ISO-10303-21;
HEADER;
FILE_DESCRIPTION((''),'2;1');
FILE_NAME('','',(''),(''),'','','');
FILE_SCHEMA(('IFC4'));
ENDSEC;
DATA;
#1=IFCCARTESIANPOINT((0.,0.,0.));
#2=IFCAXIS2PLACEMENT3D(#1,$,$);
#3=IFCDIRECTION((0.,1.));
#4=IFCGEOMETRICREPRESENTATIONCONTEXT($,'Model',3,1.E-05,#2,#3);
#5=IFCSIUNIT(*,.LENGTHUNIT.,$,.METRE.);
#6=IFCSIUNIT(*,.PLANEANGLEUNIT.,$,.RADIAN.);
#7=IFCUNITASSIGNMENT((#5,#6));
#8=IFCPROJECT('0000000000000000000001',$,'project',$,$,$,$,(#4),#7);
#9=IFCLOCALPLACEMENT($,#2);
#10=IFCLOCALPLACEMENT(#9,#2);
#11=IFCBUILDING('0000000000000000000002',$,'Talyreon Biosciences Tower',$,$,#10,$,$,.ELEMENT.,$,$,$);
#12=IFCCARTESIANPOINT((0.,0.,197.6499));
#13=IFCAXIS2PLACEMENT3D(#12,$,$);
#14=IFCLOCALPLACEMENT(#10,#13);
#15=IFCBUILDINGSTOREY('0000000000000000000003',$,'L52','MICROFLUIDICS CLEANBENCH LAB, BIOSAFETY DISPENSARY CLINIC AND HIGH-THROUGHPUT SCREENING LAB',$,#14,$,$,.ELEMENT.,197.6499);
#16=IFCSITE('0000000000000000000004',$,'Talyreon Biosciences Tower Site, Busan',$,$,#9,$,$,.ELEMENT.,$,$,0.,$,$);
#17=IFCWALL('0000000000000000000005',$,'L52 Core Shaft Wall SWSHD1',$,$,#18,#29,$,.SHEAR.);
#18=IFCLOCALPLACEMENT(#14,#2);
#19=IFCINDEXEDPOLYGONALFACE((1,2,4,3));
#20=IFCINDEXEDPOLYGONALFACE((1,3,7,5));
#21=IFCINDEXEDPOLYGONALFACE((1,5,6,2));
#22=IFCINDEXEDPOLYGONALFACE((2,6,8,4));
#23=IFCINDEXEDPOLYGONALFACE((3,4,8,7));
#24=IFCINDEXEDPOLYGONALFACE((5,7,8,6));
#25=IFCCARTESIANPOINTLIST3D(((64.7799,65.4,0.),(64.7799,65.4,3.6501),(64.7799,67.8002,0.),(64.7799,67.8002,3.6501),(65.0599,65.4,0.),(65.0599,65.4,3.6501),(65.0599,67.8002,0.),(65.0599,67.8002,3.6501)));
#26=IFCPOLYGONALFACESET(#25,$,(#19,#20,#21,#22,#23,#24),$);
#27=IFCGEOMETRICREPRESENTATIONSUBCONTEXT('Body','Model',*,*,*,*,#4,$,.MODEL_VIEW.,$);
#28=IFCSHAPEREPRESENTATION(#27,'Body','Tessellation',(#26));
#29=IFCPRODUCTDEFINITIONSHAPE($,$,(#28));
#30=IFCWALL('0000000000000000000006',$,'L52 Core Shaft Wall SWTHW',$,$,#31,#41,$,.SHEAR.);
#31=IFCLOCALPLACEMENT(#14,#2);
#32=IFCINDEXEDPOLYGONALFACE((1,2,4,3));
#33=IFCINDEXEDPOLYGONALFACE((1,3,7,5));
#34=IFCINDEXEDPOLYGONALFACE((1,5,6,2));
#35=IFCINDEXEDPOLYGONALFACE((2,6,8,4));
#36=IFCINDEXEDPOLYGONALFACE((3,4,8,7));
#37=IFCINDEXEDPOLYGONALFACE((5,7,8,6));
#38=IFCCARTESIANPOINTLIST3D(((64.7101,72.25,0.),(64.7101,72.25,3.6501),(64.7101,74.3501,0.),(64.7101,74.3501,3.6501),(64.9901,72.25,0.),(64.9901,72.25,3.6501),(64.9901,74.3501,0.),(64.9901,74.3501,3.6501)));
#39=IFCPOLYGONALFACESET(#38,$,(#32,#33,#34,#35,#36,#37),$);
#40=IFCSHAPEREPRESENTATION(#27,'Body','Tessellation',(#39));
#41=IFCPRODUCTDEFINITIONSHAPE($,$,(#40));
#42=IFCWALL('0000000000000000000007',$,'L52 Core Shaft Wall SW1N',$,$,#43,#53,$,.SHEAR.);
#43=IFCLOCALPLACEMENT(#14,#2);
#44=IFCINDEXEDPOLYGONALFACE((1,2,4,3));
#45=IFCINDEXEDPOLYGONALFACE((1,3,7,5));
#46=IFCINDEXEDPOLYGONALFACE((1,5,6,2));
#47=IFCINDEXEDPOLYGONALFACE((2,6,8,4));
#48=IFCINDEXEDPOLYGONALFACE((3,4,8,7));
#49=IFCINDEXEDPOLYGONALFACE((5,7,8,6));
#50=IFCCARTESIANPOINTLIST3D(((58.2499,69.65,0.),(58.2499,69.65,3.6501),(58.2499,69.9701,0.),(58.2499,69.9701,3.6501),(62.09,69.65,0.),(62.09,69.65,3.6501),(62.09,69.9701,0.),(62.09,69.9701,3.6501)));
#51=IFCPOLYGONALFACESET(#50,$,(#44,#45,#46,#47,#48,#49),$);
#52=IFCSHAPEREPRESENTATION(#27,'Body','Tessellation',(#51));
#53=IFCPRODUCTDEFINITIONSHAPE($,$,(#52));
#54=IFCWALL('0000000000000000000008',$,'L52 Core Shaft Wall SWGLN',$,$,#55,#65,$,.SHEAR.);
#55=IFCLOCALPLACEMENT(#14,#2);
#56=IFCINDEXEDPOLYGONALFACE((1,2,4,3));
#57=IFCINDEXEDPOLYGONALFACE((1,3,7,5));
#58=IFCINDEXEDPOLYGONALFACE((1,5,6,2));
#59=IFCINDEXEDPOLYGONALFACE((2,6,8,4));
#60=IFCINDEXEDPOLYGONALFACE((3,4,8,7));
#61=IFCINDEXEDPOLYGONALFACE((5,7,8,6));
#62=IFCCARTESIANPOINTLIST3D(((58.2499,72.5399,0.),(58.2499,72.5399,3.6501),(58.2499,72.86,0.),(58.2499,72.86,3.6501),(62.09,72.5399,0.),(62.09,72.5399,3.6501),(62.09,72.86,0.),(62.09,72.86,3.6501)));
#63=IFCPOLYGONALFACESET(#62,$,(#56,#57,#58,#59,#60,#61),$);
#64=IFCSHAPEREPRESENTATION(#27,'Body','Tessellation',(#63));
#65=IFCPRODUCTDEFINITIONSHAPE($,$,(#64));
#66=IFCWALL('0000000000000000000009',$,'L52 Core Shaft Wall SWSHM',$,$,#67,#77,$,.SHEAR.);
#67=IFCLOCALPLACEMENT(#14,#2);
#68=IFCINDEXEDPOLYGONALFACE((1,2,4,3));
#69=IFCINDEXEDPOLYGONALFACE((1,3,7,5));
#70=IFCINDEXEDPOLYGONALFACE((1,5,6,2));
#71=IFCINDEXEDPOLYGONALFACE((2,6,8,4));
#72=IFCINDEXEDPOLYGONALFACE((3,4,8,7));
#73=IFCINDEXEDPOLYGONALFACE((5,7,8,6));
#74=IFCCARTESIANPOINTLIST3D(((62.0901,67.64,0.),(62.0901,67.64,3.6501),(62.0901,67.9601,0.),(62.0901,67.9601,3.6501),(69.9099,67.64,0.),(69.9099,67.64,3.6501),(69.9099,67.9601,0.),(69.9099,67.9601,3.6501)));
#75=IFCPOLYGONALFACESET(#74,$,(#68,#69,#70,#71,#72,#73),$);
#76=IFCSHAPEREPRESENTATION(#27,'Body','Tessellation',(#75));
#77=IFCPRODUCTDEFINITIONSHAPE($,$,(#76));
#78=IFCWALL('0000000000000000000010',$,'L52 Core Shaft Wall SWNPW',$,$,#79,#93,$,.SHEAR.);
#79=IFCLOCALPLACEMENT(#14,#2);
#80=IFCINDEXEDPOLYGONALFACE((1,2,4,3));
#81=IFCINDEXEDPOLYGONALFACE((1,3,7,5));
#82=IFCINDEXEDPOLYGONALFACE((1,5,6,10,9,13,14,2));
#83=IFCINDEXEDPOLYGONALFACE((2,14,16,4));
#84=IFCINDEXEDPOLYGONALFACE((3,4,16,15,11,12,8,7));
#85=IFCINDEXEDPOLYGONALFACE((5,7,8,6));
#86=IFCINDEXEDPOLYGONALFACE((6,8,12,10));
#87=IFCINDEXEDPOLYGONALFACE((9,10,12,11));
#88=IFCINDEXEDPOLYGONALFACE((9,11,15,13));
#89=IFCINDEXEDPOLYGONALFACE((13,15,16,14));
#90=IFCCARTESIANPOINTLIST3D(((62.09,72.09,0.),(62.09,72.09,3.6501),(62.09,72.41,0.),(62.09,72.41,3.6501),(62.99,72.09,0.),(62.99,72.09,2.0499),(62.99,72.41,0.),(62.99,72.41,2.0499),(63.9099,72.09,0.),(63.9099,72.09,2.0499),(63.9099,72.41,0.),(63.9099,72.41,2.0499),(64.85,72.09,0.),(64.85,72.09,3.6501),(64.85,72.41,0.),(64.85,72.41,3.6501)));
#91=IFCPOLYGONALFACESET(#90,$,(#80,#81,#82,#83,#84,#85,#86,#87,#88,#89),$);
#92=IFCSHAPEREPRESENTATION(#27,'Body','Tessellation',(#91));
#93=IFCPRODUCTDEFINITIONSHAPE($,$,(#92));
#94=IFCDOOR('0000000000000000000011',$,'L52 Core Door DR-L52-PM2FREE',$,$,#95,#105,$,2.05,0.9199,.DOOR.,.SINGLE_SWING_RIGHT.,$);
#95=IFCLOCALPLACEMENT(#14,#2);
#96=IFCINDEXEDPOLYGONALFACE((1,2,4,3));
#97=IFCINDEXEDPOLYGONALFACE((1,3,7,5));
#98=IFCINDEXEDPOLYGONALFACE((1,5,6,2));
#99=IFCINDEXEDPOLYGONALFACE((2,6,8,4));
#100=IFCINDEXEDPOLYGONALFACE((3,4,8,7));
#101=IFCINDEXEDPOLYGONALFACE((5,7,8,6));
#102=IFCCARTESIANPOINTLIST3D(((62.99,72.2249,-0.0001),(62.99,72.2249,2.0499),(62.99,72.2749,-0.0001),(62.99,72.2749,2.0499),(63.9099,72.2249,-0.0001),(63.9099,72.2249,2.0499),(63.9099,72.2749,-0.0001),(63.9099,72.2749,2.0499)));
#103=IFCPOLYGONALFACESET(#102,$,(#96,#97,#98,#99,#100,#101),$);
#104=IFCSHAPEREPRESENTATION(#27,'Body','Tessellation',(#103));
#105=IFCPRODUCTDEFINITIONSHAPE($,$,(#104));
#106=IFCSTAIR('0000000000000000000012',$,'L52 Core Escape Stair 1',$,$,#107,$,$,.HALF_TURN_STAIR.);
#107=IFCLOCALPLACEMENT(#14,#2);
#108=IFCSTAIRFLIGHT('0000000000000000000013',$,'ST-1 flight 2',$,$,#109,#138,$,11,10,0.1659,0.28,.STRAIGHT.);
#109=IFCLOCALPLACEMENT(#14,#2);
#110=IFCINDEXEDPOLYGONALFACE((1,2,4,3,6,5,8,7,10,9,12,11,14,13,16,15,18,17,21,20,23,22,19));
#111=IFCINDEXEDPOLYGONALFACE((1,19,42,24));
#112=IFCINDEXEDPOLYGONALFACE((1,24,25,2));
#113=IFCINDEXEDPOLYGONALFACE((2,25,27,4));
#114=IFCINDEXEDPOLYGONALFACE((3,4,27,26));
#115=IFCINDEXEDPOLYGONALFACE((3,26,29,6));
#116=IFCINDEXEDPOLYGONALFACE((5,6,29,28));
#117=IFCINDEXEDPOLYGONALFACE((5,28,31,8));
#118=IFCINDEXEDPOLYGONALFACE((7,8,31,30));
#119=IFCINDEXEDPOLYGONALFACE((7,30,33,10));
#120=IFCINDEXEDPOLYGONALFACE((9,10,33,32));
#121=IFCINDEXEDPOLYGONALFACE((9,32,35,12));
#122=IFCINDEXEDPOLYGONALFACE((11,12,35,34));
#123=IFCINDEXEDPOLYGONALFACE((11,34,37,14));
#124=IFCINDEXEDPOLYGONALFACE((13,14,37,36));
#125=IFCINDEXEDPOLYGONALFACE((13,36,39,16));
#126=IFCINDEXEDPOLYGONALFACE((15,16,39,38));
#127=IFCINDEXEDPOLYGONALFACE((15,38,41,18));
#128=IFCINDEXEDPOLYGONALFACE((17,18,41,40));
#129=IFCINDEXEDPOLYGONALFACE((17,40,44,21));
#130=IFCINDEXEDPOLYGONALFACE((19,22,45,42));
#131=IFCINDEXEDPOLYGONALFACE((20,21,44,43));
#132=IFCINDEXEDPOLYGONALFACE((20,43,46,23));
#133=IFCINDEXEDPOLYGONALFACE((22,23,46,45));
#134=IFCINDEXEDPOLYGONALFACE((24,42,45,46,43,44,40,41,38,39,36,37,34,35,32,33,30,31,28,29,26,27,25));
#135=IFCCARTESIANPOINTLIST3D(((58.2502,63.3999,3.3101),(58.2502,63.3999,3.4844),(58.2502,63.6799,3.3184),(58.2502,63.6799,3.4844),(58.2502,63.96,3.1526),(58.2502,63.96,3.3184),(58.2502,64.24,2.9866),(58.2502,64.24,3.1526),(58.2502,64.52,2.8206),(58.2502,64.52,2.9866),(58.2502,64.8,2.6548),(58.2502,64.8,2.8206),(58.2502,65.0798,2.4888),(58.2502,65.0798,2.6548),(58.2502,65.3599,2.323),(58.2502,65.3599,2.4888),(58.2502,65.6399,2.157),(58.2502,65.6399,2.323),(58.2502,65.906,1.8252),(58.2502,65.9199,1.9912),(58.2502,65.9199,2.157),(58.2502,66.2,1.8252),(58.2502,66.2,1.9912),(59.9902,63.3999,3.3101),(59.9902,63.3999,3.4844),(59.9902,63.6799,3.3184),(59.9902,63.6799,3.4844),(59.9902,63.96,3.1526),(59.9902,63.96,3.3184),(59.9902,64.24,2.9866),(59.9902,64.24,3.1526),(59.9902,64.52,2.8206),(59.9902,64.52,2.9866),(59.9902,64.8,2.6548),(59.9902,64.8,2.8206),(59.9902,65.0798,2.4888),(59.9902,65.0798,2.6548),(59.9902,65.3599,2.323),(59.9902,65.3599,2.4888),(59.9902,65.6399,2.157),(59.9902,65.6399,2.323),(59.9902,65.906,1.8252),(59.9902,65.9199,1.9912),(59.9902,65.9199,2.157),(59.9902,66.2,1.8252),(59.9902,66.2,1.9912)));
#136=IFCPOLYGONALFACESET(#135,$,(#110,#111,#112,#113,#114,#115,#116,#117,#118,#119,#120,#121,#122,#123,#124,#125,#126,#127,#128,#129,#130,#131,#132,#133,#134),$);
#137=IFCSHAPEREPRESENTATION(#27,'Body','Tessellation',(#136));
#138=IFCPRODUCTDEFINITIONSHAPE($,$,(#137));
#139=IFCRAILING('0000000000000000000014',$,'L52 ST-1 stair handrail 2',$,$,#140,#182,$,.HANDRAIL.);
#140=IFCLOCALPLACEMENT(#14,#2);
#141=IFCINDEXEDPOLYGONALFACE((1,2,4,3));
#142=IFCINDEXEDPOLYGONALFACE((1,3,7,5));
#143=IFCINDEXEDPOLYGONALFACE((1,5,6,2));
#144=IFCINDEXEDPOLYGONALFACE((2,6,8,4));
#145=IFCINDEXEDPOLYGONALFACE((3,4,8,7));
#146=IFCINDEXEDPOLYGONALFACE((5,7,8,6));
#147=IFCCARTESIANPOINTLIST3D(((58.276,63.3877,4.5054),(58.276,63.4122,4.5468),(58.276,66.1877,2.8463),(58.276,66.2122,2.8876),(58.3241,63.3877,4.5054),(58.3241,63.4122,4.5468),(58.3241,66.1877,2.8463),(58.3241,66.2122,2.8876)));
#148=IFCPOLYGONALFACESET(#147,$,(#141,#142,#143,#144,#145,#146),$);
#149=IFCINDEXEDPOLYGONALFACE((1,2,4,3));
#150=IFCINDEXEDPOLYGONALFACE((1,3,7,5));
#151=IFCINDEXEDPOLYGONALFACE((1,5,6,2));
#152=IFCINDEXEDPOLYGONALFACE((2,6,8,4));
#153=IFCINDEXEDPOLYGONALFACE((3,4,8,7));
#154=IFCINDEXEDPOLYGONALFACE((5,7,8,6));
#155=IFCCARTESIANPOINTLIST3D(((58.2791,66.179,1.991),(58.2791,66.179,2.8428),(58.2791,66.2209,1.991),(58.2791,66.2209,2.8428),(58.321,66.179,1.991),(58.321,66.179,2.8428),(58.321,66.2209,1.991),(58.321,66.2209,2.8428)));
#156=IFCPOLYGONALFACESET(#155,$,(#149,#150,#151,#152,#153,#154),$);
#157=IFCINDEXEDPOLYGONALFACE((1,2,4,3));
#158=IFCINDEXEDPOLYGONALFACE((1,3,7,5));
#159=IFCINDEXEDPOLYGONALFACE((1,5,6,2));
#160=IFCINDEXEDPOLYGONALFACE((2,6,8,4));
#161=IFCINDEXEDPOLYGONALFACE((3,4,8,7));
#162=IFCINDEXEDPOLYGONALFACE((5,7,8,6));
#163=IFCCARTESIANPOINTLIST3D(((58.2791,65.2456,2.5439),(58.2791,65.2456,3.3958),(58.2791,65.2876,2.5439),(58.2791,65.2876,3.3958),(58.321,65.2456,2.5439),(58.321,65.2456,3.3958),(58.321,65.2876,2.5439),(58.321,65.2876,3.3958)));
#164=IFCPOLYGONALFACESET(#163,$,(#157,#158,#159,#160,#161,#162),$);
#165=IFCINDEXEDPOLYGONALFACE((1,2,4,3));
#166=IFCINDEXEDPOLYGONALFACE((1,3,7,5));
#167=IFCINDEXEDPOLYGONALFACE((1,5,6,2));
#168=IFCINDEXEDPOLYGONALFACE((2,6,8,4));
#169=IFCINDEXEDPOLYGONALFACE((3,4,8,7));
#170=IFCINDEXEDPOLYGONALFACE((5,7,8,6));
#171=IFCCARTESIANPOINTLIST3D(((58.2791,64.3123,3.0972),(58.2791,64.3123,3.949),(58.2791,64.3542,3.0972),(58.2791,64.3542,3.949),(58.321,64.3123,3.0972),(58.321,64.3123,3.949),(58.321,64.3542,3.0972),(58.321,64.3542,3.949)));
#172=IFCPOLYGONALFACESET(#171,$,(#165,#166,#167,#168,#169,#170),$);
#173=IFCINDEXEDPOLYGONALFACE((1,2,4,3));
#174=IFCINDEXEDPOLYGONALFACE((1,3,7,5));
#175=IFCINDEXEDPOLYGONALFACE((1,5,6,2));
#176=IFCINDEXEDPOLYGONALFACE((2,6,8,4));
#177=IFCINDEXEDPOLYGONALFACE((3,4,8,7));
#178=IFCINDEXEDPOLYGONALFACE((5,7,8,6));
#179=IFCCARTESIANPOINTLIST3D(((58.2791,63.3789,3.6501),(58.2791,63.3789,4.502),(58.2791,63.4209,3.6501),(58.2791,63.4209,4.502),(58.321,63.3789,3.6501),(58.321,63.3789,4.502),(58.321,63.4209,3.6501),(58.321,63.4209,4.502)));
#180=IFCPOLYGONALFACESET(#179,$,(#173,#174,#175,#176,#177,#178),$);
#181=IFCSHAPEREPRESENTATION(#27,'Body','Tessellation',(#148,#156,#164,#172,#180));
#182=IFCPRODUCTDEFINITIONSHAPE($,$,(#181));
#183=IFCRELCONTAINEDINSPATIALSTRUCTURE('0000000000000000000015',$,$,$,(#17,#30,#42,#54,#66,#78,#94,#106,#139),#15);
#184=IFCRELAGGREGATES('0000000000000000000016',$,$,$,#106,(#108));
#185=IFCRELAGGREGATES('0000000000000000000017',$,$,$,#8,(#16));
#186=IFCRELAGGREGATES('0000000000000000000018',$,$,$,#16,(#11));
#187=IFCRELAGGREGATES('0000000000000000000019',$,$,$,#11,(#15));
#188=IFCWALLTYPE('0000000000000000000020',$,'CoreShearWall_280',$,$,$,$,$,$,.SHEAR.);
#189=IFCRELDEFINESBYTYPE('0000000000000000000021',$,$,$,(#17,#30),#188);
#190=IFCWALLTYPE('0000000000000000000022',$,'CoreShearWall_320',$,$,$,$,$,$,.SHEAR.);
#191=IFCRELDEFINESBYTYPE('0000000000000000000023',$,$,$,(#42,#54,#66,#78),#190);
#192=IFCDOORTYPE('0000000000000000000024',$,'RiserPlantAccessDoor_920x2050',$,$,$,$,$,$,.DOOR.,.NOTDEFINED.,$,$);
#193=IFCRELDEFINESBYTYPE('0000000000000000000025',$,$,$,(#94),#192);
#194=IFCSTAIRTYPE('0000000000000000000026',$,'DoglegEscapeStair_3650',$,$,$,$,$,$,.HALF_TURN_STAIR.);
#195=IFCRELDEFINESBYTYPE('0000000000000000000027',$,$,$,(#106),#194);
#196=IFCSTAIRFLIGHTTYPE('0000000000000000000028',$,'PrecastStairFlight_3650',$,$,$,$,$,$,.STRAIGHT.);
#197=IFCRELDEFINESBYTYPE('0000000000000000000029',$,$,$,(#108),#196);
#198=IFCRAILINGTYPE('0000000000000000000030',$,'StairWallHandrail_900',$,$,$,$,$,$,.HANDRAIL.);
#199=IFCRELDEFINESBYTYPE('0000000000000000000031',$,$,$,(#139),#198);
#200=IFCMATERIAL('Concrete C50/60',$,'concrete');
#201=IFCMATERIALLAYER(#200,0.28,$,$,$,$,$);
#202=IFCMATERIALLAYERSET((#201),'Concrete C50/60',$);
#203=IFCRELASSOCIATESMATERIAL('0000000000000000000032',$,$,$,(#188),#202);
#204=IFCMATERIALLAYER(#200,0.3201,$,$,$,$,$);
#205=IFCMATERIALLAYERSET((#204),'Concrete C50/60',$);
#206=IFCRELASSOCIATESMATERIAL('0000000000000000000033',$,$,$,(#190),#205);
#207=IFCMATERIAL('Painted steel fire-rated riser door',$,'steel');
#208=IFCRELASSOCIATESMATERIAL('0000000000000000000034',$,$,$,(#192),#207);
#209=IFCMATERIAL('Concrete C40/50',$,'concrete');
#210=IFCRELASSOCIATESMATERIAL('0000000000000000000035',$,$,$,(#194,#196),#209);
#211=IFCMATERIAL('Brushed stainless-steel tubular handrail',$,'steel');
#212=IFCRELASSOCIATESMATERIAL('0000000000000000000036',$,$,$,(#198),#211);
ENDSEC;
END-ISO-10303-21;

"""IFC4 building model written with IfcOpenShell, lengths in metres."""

from ifc_helpers import new_model, si_unit, direction, frame, frame_2d, origin, origin_2d, place, context, subcontext, project, spatial, polyline, rectangle, outline, extrude, material, layer, layer_set, type_object, element, fill, aggregate, save


model = new_model("IFC4")

# Units and contexts
model_context = context("Model", 3, precision=1e-05, world=origin(), true_north=direction((0.0, 1.0)))
body_context = subcontext(model_context, "Body", "Model", "MODEL_VIEW")
ifc_project = project(units=[si_unit("LENGTHUNIT", "METRE"), si_unit("PLANEANGLEUNIT", "RADIAN")], contexts=[model_context])

# Site, building, storey
site_placement = place(None, origin())
site = spatial("IfcSite", under=ifc_project, at=site_placement, Name="Talyreon Biosciences Tower Site, Busan", CompositionType="ELEMENT", RefElevation=0.0)
building_placement = place(site_placement, origin())
building = spatial("IfcBuilding", under=site, at=building_placement, Name="Talyreon Biosciences Tower", CompositionType="ELEMENT")
storey_placement = place(building_placement, frame((0.0, 0.0, 197.6499)))
storey = spatial("IfcBuildingStorey", under=building, at=storey_placement, Name="L52", Description="MICROFLUIDICS CLEANBENCH LAB, BIOSAFETY DISPENSARY CLINIC AND HIGH-THROUGHPUT SCREENING LAB", CompositionType="ELEMENT", Elevation=197.6499)

# Walls
ifc_material_1 = material(Name="Concrete C50/60", Category="concrete")
ifc_layer_1 = layer(ifc_material_1, 0.28)
ifc_layer_set_1 = layer_set([ifc_layer_1], Name="Concrete C50/60")
wall_type_1 = type_object("IfcWallType", Name="CoreShearWall_280", PredefinedType="SHEAR", material=ifc_layer_set_1)
wall_1_placement = place(storey_placement, frame((64.9199, 65.3999, 0.0), z_axis=(0.0, 0.0, 1.0), x_axis=(0.0, 1.0, 0.0)))
element("IfcWall", 1, at=wall_1_placement, inside=storey, type_object=wall_type_1, Name="L52 Core Shaft Wall SWSHD1", PredefinedType="SHEAR", context=body_context, shape_type="SweptSolid", body=[
    extrude(rectangle(XDim=2.4001, YDim=0.28, at=frame_2d((1.2002, 0.0))), origin(), (0.0, 0.0, 1.0), 3.6501),
])
wall_2_placement = place(storey_placement, frame((64.8501, 72.25, 0.0), z_axis=(0.0, 0.0, 1.0), x_axis=(0.0, 1.0, 0.0)))
element("IfcWall", 2, at=wall_2_placement, inside=storey, type_object=wall_type_1, Name="L52 Core Shaft Wall SWTHW", PredefinedType="SHEAR", context=body_context, shape_type="SweptSolid", body=[
    extrude(rectangle(XDim=2.1001, YDim=0.28, at=frame_2d((1.05, 0.0))), origin(), (0.0, 0.0, 1.0), 3.6501),
])
ifc_layer_2 = layer(ifc_material_1, 0.3201)
ifc_layer_set_2 = layer_set([ifc_layer_2], Name="Concrete C50/60")
wall_type_2 = type_object("IfcWallType", Name="CoreShearWall_320", PredefinedType="SHEAR", material=ifc_layer_set_2)
for number, where, z_axis, x_axis, name in (
    (3, (58.25, 69.8101, 0.0), (0.0, 0.0, 1.0), (1.0, 0.0, 0.0), "L52 Core Shaft Wall SW1N"),
    (4, (58.25, 72.7, 0.0), (0.0, 0.0, 1.0), (1.0, 0.0, 0.0), "L52 Core Shaft Wall SWGLN"),
):
    element("IfcWall", number, at=place(storey_placement, frame(where, z_axis=z_axis, x_axis=x_axis)), inside=storey, type_object=wall_type_2, Name=name, PredefinedType="SHEAR", context=body_context, shape_type="SweptSolid", body=[
        extrude(rectangle(XDim=3.8401, YDim=0.3201, at=frame_2d((1.9199, 0.0))), origin(), (0.0, 0.0, 1.0), 3.6501),
    ])
wall_3_placement = place(storey_placement, frame((62.0901, 67.8, 0.0), z_axis=(0.0, 0.0, 1.0), x_axis=(1.0, 0.0, 0.0)))
element("IfcWall", 5, at=wall_3_placement, inside=storey, type_object=wall_type_2, Name="L52 Core Shaft Wall SWSHM", PredefinedType="SHEAR", context=body_context, shape_type="SweptSolid", body=[
    extrude(rectangle(XDim=7.8198, YDim=0.3201, at=frame_2d((3.9099, 0.0))), origin(), (0.0, 0.0, 1.0), 3.6501),
])

# Wall, opening, door
wall_4_placement = place(storey_placement, frame((62.0901, 72.25, 0.0), z_axis=(0.0, 0.0, 1.0), x_axis=(1.0, 0.0, 0.0)))
wall_4 = element("IfcWall", 6, at=wall_4_placement, inside=storey, type_object=wall_type_2, Name="L52 Core Shaft Wall SWNPW", PredefinedType="SHEAR", context=body_context, shape_type="SweptSolid", body=[
    extrude(rectangle(XDim=2.76, YDim=0.3201, at=frame_2d((1.3799, 0.0))), origin(), (0.0, 0.0, 1.0), 3.6501),
])
opening_1_placement = place(wall_4_placement, frame((0.8999, 0.0, 0.0)))
opening_1 = element("IfcOpeningElement", 7, at=opening_1_placement, cuts=wall_4, PredefinedType="OPENING", context=body_context, shape_type="SweptSolid", body=[
    extrude(rectangle(XDim=0.9199, YDim=2.05, at=frame_2d((0.46, 1.0249))), frame((0.0, 0.1699, 0.0), z_axis=(0.0, -1.0, 0.0), x_axis=(1.0, 0.0, 0.0)), (0.0, 0.0, 1.0), 0.3401),
])
ifc_material_2 = material(Name="Painted steel fire-rated riser door", Category="steel")
door_type_1 = type_object("IfcDoorType", Name="RiserPlantAccessDoor_920x2050", OperationType="NOTDEFINED", PredefinedType="DOOR", material=ifc_material_2)
door_1_placement = place(opening_1_placement, origin())
door_1 = element("IfcDoor", 8, at=door_1_placement, inside=storey, type_object=door_type_1, Name="L52 Core Door DR-L52-PM2FREE", OperationType="SINGLE_SWING_RIGHT", OverallHeight=2.05, OverallWidth=0.9199, PredefinedType="DOOR", context=body_context, shape_type="SweptSolid", body=[
    extrude(rectangle(XDim=0.9199, YDim=2.05, at=frame_2d((0.46, 1.0249))), frame((0.0, 0.0249, 0.0), z_axis=(0.0, -1.0, 0.0), x_axis=(1.0, 0.0, 0.0)), (0.0, 0.0, 1.0), 0.05),
])
fill(opening_1, door_1)

# Stair, stair flight
ifc_material_3 = material(Name="Concrete C40/50", Category="concrete")
stair_type = type_object("IfcStairType", Name="DoglegEscapeStair_3650", PredefinedType="HALF_TURN_STAIR", material=ifc_material_3)
stair_placement = place(storey_placement, origin())
stair = element("IfcStair", 9, at=stair_placement, inside=storey, type_object=stair_type, Name="L52 Core Escape Stair 1", PredefinedType="HALF_TURN_STAIR")
stair_flight_type = type_object("IfcStairFlightType", Name="PrecastStairFlight_3650", PredefinedType="STRAIGHT", material=ifc_material_3)
stair_flight_placement = place(storey_placement, frame((59.1201, 66.2, 1.8252), z_axis=(0.0, 0.0, 1.0), x_axis=(0.0, -1.0, 0.0)))
stair_flight = element("IfcStairFlight", 10, at=stair_flight_placement, type_object=stair_flight_type, Name="ST-1 flight 2", NumberOfRisers=11, NumberOfTreads=10, PredefinedType="STRAIGHT", RiserHeight=0.1659, TreadLength=0.28, context=body_context, shape_type="SweptSolid", body=[
    extrude(outline(polyline([(0.0, 0.0), (0.0, 0.166), (0.28, 0.166), (0.28, 0.3318), (0.5601, 0.3318), (0.5601, 0.4978), (0.8401, 0.4978), (0.8401, 0.6636), (1.1201, 0.6636), (1.1201, 0.8296), (1.3999, 0.8296), (1.3999, 0.9954), (1.6799, 0.9954), (1.6799, 1.1614), (1.96, 1.1614), (1.96, 1.3274), (2.24, 1.3274), (2.24, 1.4932), (2.52, 1.4932), (2.52, 1.6592), (2.8, 1.6592), (2.8, 1.825), (2.8, 1.4849), (0.2939, 0.0), (0.0, 0.0)])), frame((0.0, 0.8701, 0.0), z_axis=(0.0, -1.0, 0.0), x_axis=(1.0, 0.0, 0.0)), (0.0, 0.0, 1.0), 1.74),
])
aggregate(stair, [stair_flight])

# Railing
ifc_material_4 = material(Name="Brushed stainless-steel tubular handrail", Category="steel")
railing_type_1 = type_object("IfcRailingType", Name="StairWallHandrail_900", PredefinedType="HANDRAIL", material=ifc_material_4)
railing_1_placement = place(storey_placement, frame((58.3, 66.2, 1.991)))
element("IfcRailing", 11, at=railing_1_placement, inside=storey, type_object=railing_type_1, Name="L52 ST-1 stair handrail 2", PredefinedType="HANDRAIL", context=body_context, shape_type="SweptSolid", body=[
    extrude(rectangle(XDim=0.0481, YDim=0.0481, at=origin_2d()), frame((0.0, 0.0, 0.876), z_axis=(0.0, -0.860306, 0.509778), x_axis=(1.0, 0.0, 0.0)), (0.0, 0.0, 1.0), 3.2546),
    extrude(rectangle(XDim=0.042, YDim=0.042, at=origin_2d()), origin(), (0.0, 0.0, 1.0), 0.8518),
    extrude(rectangle(XDim=0.042, YDim=0.042, at=origin_2d()), frame((0.0, -0.9333, 0.553)), (0.0, 0.0, 1.0), 0.8518),
    extrude(rectangle(XDim=0.042, YDim=0.042, at=origin_2d()), frame((0.0, -1.8667, 1.1062)), (0.0, 0.0, 1.0), 0.8518),
    extrude(rectangle(XDim=0.042, YDim=0.042, at=origin_2d()), frame((0.0, -2.8, 1.6592)), (0.0, 0.0, 1.0), 0.8518),
])

save(model, "model.ifc")
